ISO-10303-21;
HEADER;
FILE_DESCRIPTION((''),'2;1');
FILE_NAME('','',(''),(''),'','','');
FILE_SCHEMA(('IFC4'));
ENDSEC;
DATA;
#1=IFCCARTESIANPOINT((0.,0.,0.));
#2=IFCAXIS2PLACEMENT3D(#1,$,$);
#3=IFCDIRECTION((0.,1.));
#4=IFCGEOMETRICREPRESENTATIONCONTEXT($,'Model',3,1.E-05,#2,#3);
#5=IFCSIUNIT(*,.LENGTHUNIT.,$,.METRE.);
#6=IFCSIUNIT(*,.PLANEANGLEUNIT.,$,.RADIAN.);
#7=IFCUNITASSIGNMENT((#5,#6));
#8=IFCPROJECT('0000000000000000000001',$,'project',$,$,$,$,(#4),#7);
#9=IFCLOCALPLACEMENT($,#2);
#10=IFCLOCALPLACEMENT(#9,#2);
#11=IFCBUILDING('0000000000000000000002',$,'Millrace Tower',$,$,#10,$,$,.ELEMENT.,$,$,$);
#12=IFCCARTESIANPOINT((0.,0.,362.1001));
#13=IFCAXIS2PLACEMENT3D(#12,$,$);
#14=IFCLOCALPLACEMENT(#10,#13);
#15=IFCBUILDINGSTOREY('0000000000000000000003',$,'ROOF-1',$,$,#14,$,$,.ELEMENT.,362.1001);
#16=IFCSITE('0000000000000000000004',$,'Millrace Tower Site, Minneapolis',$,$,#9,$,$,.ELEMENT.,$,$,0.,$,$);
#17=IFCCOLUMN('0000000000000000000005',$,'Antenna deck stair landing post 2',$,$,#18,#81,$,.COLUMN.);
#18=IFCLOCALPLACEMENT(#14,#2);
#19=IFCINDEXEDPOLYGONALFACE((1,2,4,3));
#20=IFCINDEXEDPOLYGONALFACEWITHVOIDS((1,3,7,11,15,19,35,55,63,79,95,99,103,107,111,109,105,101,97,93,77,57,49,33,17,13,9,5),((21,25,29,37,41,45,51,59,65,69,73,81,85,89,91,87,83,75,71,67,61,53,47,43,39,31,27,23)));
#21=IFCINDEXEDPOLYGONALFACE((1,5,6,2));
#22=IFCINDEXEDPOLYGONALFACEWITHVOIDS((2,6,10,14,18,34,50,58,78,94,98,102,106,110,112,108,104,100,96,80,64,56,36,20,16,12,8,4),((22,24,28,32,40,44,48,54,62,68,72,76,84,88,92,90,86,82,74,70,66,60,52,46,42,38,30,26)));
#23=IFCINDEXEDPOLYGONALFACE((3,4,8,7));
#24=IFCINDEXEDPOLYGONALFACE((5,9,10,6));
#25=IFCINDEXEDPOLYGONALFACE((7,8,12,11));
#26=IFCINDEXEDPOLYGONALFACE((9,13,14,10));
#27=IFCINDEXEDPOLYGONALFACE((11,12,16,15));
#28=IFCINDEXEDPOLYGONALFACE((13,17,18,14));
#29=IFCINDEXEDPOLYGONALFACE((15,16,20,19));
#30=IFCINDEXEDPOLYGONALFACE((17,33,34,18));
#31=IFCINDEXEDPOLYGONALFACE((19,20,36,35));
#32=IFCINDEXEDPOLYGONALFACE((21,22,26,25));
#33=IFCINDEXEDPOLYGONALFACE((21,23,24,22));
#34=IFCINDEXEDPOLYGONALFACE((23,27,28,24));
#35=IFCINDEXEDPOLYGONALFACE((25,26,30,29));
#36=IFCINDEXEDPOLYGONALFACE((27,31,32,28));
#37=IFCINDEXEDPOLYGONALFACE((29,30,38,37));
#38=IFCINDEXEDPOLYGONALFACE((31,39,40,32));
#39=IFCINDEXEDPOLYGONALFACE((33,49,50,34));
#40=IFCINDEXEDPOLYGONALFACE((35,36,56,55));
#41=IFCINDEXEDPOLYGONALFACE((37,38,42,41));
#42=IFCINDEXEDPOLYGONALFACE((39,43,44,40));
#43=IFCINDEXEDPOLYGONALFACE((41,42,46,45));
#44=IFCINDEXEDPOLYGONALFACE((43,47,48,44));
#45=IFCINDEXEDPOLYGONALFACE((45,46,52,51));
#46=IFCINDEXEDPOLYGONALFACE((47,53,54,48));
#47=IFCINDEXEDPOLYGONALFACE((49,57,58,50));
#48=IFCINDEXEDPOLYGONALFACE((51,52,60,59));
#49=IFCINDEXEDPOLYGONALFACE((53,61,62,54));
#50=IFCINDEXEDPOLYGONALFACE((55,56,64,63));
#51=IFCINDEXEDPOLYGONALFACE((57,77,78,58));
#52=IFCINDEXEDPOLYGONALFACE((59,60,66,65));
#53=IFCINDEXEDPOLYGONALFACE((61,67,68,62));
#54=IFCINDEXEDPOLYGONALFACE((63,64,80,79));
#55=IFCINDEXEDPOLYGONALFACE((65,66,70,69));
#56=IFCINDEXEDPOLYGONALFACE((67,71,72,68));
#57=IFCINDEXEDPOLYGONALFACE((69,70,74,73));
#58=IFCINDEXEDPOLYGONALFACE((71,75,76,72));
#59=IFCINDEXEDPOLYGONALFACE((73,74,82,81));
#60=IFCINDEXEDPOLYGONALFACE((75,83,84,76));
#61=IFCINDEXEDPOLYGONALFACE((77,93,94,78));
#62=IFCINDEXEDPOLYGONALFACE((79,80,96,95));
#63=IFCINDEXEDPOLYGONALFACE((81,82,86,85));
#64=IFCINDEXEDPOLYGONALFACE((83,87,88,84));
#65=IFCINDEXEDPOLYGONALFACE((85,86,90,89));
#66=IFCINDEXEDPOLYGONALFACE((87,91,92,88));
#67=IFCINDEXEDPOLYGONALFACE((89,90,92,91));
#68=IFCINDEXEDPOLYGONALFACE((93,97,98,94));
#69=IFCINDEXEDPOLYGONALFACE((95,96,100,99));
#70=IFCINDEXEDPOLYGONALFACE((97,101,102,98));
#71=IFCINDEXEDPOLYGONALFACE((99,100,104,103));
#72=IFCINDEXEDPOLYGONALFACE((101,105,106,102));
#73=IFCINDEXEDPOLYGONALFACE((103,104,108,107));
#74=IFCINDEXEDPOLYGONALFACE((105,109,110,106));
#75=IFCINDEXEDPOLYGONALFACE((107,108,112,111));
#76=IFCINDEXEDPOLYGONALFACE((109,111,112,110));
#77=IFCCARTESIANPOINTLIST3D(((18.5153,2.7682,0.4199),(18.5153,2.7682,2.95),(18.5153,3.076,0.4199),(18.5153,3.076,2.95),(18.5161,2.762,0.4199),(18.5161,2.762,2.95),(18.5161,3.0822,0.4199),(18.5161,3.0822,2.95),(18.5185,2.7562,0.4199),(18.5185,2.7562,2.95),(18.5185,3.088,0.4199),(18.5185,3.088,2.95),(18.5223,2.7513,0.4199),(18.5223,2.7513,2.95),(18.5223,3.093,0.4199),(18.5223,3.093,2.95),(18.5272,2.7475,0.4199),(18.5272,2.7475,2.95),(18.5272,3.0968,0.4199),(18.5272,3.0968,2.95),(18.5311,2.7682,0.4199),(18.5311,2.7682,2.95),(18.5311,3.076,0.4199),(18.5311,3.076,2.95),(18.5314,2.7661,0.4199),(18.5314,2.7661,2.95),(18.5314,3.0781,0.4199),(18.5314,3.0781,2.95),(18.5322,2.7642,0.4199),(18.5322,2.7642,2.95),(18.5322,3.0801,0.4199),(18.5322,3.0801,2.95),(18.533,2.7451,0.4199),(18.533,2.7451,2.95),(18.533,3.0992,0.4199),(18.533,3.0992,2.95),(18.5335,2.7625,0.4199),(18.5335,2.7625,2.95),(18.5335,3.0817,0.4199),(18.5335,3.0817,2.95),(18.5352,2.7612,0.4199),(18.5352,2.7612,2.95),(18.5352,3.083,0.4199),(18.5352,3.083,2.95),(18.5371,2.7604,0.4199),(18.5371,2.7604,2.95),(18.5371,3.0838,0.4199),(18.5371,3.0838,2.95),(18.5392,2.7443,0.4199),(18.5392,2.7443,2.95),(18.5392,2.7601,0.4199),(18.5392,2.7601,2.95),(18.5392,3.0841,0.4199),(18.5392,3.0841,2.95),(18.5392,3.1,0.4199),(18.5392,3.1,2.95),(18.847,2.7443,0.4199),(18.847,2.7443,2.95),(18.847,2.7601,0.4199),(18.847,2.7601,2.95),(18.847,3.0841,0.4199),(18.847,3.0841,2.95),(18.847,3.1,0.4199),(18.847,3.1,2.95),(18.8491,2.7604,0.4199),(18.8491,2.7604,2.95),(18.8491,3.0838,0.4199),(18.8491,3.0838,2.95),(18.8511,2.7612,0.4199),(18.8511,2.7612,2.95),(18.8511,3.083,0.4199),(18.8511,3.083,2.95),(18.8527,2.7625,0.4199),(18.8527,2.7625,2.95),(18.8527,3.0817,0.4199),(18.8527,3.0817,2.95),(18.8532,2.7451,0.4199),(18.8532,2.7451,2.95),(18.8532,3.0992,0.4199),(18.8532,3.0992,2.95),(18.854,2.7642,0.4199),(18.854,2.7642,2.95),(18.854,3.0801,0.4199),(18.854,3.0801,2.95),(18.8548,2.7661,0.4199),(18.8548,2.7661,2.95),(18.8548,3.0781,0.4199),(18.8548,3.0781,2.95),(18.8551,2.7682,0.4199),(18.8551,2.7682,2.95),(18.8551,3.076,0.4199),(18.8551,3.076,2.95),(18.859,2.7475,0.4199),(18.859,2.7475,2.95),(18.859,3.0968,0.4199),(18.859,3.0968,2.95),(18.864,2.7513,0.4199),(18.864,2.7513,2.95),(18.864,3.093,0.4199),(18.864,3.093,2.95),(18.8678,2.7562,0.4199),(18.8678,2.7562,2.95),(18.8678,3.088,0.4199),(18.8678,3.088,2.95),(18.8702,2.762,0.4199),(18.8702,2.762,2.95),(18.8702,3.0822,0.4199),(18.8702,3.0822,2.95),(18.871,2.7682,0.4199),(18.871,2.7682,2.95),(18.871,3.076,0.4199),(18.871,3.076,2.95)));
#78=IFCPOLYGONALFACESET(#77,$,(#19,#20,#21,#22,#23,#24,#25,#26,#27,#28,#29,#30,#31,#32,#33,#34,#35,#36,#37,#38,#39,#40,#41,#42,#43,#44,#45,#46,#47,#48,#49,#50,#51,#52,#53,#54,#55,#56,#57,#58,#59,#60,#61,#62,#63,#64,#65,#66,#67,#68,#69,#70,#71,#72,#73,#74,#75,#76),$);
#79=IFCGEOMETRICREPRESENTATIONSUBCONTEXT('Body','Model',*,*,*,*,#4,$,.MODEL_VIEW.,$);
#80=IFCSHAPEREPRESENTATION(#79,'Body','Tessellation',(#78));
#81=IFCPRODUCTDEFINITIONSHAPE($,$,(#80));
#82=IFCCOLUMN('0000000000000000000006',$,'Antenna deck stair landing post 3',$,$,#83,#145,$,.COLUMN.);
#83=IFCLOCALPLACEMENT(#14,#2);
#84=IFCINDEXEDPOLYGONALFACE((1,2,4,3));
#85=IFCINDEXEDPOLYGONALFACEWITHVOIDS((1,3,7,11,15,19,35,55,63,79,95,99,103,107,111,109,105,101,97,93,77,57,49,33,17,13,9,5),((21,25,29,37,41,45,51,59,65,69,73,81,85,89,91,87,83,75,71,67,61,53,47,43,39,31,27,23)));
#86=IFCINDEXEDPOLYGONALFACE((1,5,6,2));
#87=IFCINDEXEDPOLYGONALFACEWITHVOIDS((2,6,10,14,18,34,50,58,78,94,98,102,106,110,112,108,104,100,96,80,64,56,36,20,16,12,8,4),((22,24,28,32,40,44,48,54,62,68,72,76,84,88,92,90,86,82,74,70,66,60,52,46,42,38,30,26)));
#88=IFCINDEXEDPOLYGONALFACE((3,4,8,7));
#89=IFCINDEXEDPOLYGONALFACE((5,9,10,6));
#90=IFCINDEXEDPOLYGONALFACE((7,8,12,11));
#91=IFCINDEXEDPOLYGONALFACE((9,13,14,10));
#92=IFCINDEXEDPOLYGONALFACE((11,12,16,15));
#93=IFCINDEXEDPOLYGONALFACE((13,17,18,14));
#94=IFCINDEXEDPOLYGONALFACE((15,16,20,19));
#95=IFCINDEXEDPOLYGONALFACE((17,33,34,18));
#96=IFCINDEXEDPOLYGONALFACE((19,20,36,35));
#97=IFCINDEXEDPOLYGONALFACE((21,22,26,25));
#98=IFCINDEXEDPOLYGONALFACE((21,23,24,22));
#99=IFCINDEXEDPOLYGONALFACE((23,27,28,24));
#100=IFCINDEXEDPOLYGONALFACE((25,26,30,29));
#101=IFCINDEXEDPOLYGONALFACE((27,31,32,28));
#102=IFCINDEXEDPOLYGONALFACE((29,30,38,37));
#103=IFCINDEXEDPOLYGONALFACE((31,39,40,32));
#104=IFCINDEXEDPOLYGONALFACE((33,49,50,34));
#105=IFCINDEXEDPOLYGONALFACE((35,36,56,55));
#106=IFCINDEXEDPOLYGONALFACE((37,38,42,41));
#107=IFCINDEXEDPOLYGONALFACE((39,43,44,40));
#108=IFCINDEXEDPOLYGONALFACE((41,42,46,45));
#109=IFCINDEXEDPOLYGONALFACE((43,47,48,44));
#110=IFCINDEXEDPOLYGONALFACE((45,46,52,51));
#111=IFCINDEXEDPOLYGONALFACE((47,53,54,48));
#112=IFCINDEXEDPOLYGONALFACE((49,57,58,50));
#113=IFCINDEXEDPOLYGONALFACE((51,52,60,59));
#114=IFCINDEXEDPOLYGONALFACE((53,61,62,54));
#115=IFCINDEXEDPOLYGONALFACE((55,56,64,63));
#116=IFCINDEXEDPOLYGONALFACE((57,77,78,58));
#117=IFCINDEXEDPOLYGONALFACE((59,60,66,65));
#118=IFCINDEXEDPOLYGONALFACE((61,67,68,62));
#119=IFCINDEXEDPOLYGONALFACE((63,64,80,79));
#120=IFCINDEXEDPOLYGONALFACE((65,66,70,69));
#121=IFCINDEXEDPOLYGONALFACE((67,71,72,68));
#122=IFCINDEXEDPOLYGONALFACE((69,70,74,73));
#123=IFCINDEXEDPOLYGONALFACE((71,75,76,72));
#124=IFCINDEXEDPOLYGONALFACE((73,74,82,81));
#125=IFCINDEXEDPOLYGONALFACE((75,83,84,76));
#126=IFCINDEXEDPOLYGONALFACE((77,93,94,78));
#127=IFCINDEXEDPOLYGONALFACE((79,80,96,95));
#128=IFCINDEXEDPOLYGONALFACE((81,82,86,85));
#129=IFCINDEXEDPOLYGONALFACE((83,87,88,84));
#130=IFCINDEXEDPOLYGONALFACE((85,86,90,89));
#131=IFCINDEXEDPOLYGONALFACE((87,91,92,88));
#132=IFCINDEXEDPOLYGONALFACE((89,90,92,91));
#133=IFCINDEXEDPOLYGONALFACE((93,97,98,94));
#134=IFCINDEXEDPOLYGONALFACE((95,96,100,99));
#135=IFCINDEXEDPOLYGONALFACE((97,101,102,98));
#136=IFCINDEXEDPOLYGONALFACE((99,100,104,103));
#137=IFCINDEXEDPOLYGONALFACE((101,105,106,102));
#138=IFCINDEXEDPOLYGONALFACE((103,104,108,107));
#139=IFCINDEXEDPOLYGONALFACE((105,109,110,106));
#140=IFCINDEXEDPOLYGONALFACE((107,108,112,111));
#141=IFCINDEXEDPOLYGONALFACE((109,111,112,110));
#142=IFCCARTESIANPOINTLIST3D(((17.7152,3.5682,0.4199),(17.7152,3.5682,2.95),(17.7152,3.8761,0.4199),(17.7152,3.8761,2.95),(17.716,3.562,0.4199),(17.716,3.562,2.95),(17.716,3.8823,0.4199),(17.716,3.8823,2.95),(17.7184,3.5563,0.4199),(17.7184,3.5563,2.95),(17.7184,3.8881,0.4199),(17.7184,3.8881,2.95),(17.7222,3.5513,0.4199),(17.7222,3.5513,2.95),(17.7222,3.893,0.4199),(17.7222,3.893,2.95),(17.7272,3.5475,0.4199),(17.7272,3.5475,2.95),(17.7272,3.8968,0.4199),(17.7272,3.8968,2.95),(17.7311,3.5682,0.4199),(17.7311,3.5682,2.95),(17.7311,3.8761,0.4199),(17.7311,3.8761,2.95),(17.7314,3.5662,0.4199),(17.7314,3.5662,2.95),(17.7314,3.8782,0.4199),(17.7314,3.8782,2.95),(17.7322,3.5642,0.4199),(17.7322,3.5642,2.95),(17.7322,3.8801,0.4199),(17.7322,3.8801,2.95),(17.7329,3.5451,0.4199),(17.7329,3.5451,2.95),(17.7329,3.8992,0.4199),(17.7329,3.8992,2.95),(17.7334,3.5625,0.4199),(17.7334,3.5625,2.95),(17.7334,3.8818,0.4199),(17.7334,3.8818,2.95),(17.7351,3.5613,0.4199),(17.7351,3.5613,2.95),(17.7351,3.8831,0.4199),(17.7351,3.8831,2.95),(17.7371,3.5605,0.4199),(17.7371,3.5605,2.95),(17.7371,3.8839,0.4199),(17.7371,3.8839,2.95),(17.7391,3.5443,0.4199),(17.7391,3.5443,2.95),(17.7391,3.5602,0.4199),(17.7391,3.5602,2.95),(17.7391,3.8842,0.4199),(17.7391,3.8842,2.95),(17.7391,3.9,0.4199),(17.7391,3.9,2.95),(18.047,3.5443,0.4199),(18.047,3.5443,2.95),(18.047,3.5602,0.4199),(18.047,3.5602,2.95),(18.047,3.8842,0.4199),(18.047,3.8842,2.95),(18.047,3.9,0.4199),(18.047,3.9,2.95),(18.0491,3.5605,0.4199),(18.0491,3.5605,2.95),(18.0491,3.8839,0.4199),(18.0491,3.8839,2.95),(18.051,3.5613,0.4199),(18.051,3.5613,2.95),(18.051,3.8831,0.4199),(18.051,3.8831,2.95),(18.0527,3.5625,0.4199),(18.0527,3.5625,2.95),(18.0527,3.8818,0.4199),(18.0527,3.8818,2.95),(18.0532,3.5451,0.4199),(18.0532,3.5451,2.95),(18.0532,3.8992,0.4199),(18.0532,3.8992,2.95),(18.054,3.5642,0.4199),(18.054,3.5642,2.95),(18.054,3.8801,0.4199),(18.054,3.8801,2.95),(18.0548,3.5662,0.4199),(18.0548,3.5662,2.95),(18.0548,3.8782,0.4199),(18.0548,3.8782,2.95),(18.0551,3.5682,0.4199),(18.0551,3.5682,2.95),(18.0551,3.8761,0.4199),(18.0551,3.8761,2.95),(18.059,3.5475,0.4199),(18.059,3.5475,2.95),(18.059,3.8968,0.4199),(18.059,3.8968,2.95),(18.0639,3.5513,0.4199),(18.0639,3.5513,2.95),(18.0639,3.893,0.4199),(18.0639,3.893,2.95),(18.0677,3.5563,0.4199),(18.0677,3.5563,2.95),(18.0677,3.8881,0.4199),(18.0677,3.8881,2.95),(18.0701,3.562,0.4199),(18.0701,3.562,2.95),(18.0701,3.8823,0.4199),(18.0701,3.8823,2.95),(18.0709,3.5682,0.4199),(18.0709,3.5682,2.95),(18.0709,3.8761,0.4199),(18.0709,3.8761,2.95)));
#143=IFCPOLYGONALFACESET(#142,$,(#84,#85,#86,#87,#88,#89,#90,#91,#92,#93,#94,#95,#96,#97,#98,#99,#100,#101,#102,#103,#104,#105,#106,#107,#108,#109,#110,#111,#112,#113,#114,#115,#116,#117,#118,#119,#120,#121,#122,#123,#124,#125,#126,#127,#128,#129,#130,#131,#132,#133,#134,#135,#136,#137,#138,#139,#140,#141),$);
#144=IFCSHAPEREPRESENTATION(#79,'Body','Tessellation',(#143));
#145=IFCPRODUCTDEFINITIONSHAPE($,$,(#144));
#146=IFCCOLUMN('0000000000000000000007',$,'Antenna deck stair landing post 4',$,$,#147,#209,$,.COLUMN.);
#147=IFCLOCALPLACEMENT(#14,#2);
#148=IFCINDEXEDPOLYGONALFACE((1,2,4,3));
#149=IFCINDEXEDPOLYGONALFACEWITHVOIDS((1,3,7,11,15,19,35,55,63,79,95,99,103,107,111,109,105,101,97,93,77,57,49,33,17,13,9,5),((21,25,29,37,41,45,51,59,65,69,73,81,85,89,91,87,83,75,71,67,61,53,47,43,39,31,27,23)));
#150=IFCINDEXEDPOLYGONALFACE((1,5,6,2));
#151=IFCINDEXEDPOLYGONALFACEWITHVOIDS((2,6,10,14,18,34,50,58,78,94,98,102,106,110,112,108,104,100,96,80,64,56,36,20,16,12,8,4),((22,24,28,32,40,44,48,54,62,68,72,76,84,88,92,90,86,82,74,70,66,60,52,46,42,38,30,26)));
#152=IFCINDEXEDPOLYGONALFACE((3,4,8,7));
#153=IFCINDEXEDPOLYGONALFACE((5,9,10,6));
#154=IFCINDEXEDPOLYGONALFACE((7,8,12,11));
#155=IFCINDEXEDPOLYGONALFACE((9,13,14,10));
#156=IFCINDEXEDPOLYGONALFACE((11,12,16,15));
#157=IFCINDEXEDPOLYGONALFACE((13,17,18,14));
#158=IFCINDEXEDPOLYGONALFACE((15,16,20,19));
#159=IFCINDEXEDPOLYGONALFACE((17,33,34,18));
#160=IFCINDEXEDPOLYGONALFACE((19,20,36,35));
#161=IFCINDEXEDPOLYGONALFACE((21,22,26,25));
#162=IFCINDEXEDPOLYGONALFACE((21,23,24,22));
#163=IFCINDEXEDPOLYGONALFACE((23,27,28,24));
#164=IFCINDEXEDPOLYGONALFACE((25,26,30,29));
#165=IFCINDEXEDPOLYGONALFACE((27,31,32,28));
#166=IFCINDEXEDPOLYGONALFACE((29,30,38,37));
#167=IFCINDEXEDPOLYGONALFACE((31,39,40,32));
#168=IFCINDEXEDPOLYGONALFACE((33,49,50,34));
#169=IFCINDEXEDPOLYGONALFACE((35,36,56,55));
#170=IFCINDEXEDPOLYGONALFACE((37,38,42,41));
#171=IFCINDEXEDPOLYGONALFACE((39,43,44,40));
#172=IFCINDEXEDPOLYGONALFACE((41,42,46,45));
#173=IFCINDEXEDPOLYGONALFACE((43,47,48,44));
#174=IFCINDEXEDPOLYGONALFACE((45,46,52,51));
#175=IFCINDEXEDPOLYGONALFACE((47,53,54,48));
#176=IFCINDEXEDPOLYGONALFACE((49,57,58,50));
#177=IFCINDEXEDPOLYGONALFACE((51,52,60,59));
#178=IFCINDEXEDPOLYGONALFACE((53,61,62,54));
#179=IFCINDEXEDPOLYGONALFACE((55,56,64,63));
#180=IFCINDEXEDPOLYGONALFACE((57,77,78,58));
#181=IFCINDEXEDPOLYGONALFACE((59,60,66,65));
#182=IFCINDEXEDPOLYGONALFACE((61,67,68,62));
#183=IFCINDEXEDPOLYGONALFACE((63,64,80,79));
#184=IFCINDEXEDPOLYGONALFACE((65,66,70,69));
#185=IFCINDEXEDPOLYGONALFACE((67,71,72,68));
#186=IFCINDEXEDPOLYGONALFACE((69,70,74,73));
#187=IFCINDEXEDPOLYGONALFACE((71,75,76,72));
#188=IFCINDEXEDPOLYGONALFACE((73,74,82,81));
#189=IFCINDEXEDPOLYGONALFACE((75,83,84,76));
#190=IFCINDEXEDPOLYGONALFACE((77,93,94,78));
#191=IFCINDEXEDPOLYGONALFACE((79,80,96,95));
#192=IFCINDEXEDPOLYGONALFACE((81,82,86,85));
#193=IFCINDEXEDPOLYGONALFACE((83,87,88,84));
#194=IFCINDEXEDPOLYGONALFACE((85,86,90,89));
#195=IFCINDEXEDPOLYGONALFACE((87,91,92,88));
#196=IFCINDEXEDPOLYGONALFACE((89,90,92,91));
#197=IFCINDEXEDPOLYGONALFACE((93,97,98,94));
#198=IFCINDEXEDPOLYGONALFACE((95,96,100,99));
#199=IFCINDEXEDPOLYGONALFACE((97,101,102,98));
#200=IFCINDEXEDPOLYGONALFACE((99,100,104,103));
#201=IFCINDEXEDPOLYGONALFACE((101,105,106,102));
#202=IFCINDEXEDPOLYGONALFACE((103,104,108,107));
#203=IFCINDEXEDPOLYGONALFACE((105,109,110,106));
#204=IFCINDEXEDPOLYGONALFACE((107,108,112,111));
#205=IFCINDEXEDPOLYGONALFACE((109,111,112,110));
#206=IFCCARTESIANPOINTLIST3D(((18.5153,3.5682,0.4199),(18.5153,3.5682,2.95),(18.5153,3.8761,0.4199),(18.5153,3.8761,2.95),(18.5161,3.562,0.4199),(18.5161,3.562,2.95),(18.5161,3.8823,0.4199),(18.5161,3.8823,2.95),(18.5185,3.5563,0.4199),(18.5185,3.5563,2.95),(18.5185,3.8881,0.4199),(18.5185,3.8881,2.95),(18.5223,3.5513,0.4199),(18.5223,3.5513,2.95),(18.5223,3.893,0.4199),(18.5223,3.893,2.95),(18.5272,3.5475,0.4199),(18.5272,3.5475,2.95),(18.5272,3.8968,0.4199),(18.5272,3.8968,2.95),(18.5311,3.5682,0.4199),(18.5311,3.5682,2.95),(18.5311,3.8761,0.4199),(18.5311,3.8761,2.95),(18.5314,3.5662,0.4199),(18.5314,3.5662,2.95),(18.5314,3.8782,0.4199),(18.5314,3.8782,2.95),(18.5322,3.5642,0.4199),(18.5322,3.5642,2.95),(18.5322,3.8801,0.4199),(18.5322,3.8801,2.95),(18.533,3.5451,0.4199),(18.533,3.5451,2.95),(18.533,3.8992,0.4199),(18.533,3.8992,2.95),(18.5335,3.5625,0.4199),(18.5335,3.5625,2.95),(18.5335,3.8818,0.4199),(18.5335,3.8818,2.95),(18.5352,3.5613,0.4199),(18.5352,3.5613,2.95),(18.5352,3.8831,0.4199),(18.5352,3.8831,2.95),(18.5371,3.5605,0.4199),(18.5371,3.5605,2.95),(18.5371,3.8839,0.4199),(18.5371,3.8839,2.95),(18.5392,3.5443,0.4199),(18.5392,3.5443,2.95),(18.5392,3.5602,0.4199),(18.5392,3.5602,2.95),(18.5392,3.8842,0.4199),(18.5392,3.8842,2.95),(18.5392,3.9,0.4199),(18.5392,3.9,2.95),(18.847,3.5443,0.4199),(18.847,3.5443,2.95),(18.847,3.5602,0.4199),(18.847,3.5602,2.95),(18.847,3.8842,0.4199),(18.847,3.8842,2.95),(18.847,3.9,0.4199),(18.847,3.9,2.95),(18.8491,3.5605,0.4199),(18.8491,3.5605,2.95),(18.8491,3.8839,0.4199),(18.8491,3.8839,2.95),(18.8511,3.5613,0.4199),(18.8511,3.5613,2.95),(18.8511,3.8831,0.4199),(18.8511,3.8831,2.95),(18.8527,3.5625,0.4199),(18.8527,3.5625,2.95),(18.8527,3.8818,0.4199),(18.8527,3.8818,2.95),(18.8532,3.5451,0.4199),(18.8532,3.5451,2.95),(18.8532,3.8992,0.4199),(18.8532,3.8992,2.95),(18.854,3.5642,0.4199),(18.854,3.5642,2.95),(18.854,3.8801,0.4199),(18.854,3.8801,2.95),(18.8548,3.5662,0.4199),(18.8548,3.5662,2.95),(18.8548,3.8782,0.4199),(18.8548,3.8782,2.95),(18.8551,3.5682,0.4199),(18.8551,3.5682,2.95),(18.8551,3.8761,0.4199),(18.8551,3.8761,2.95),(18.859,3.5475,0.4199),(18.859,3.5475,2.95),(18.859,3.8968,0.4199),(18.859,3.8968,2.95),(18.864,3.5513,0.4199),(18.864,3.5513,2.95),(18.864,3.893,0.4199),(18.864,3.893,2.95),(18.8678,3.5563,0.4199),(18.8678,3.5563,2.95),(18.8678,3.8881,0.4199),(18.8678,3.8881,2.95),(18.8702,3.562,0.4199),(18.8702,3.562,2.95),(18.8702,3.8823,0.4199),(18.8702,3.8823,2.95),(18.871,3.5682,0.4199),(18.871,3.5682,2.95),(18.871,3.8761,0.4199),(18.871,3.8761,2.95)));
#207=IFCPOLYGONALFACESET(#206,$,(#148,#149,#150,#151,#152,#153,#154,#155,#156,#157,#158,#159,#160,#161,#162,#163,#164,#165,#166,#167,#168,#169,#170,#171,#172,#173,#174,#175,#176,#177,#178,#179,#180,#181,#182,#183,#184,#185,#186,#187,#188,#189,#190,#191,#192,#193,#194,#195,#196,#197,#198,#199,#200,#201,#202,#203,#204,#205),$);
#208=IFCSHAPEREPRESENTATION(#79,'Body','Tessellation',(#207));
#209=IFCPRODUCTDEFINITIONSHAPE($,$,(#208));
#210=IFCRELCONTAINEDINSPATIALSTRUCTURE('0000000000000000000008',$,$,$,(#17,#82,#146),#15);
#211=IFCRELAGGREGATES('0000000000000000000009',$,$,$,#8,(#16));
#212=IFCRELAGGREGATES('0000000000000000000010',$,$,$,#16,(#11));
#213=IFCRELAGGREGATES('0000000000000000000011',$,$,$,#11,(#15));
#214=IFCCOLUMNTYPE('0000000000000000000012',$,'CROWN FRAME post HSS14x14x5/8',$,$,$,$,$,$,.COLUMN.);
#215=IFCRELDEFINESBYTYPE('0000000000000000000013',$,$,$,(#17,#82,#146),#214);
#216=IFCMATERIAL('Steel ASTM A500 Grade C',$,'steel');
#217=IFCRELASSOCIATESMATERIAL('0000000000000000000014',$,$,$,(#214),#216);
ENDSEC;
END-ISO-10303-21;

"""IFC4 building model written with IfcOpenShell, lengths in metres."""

from ifc_helpers import new_model, si_unit, direction, frame, origin, origin_2d, place, context, subcontext, project, spatial, hollow_rectangle, extrude, material, material_profile, profile_set, type_object, element, save


model = new_model("IFC4")

# Units and contexts
model_context = context("Model", 3, precision=1e-05, world=origin(), true_north=direction((0.0, 1.0)))
body_context = subcontext(model_context, "Body", "Model", "MODEL_VIEW")
ifc_project = project(units=[si_unit("LENGTHUNIT", "METRE"), si_unit("PLANEANGLEUNIT", "RADIAN")], contexts=[model_context])

# Site, building, storey
site_placement = place(None, origin())
site = spatial("IfcSite", under=ifc_project, at=site_placement, Name="Millrace Tower Site, Minneapolis", CompositionType="ELEMENT", RefElevation=0.0)
building_placement = place(site_placement, origin())
building = spatial("IfcBuilding", under=site, at=building_placement, Name="Millrace Tower", CompositionType="ELEMENT")
storey_placement = place(building_placement, frame((0.0, 0.0, 362.1001)))
storey = spatial("IfcBuildingStorey", under=building, at=storey_placement, Name="ROOF-1", CompositionType="ELEMENT", Elevation=362.1001)

# Columns
ifc_material_1 = material(Name="Steel ASTM A500 Grade C", Category="steel")
ifc_material_profile_1 = material_profile(ifc_material_1, hollow_rectangle(XDim=0.3557, YDim=0.3557, WallThickness=0.0159, InnerFilletRadius=0.0081, OuterFilletRadius=0.0239, at=origin_2d()))
ifc_profile_set_1 = profile_set([ifc_material_profile_1], Name="Steel ASTM A500 Grade C")
column_type = type_object("IfcColumnType", Name="CROWN FRAME post HSS14x14x5/8", PredefinedType="COLUMN", material=ifc_profile_set_1)
for number, where, z_axis, x_axis, name in (
    (1, (18.6931, 2.9221, 0.4199), (0.0, 0.0, 1.0), (1.0, 0.0, 0.0), "Antenna deck stair landing post 2"),
    (2, (17.8931, 3.7222, 0.4199), (0.0, 0.0, 1.0), (1.0, 0.0, 0.0), "Antenna deck stair landing post 3"),
    (3, (18.6931, 3.7222, 0.4199), (0.0, 0.0, 1.0), (1.0, 0.0, 0.0), "Antenna deck stair landing post 4"),
):
    element("IfcColumn", number, at=place(storey_placement, frame(where, z_axis=z_axis, x_axis=x_axis)), inside=storey, type_object=column_type, Name=name, PredefinedType="COLUMN", context=body_context, shape_type="SweptSolid", body=[
        extrude(hollow_rectangle(XDim=0.3557, YDim=0.3557, WallThickness=0.0159, InnerFilletRadius=0.0081, OuterFilletRadius=0.0239, at=origin_2d()), origin(), (0.0, 0.0, 1.0), 2.53),
    ])

save(model, "model.ifc")
